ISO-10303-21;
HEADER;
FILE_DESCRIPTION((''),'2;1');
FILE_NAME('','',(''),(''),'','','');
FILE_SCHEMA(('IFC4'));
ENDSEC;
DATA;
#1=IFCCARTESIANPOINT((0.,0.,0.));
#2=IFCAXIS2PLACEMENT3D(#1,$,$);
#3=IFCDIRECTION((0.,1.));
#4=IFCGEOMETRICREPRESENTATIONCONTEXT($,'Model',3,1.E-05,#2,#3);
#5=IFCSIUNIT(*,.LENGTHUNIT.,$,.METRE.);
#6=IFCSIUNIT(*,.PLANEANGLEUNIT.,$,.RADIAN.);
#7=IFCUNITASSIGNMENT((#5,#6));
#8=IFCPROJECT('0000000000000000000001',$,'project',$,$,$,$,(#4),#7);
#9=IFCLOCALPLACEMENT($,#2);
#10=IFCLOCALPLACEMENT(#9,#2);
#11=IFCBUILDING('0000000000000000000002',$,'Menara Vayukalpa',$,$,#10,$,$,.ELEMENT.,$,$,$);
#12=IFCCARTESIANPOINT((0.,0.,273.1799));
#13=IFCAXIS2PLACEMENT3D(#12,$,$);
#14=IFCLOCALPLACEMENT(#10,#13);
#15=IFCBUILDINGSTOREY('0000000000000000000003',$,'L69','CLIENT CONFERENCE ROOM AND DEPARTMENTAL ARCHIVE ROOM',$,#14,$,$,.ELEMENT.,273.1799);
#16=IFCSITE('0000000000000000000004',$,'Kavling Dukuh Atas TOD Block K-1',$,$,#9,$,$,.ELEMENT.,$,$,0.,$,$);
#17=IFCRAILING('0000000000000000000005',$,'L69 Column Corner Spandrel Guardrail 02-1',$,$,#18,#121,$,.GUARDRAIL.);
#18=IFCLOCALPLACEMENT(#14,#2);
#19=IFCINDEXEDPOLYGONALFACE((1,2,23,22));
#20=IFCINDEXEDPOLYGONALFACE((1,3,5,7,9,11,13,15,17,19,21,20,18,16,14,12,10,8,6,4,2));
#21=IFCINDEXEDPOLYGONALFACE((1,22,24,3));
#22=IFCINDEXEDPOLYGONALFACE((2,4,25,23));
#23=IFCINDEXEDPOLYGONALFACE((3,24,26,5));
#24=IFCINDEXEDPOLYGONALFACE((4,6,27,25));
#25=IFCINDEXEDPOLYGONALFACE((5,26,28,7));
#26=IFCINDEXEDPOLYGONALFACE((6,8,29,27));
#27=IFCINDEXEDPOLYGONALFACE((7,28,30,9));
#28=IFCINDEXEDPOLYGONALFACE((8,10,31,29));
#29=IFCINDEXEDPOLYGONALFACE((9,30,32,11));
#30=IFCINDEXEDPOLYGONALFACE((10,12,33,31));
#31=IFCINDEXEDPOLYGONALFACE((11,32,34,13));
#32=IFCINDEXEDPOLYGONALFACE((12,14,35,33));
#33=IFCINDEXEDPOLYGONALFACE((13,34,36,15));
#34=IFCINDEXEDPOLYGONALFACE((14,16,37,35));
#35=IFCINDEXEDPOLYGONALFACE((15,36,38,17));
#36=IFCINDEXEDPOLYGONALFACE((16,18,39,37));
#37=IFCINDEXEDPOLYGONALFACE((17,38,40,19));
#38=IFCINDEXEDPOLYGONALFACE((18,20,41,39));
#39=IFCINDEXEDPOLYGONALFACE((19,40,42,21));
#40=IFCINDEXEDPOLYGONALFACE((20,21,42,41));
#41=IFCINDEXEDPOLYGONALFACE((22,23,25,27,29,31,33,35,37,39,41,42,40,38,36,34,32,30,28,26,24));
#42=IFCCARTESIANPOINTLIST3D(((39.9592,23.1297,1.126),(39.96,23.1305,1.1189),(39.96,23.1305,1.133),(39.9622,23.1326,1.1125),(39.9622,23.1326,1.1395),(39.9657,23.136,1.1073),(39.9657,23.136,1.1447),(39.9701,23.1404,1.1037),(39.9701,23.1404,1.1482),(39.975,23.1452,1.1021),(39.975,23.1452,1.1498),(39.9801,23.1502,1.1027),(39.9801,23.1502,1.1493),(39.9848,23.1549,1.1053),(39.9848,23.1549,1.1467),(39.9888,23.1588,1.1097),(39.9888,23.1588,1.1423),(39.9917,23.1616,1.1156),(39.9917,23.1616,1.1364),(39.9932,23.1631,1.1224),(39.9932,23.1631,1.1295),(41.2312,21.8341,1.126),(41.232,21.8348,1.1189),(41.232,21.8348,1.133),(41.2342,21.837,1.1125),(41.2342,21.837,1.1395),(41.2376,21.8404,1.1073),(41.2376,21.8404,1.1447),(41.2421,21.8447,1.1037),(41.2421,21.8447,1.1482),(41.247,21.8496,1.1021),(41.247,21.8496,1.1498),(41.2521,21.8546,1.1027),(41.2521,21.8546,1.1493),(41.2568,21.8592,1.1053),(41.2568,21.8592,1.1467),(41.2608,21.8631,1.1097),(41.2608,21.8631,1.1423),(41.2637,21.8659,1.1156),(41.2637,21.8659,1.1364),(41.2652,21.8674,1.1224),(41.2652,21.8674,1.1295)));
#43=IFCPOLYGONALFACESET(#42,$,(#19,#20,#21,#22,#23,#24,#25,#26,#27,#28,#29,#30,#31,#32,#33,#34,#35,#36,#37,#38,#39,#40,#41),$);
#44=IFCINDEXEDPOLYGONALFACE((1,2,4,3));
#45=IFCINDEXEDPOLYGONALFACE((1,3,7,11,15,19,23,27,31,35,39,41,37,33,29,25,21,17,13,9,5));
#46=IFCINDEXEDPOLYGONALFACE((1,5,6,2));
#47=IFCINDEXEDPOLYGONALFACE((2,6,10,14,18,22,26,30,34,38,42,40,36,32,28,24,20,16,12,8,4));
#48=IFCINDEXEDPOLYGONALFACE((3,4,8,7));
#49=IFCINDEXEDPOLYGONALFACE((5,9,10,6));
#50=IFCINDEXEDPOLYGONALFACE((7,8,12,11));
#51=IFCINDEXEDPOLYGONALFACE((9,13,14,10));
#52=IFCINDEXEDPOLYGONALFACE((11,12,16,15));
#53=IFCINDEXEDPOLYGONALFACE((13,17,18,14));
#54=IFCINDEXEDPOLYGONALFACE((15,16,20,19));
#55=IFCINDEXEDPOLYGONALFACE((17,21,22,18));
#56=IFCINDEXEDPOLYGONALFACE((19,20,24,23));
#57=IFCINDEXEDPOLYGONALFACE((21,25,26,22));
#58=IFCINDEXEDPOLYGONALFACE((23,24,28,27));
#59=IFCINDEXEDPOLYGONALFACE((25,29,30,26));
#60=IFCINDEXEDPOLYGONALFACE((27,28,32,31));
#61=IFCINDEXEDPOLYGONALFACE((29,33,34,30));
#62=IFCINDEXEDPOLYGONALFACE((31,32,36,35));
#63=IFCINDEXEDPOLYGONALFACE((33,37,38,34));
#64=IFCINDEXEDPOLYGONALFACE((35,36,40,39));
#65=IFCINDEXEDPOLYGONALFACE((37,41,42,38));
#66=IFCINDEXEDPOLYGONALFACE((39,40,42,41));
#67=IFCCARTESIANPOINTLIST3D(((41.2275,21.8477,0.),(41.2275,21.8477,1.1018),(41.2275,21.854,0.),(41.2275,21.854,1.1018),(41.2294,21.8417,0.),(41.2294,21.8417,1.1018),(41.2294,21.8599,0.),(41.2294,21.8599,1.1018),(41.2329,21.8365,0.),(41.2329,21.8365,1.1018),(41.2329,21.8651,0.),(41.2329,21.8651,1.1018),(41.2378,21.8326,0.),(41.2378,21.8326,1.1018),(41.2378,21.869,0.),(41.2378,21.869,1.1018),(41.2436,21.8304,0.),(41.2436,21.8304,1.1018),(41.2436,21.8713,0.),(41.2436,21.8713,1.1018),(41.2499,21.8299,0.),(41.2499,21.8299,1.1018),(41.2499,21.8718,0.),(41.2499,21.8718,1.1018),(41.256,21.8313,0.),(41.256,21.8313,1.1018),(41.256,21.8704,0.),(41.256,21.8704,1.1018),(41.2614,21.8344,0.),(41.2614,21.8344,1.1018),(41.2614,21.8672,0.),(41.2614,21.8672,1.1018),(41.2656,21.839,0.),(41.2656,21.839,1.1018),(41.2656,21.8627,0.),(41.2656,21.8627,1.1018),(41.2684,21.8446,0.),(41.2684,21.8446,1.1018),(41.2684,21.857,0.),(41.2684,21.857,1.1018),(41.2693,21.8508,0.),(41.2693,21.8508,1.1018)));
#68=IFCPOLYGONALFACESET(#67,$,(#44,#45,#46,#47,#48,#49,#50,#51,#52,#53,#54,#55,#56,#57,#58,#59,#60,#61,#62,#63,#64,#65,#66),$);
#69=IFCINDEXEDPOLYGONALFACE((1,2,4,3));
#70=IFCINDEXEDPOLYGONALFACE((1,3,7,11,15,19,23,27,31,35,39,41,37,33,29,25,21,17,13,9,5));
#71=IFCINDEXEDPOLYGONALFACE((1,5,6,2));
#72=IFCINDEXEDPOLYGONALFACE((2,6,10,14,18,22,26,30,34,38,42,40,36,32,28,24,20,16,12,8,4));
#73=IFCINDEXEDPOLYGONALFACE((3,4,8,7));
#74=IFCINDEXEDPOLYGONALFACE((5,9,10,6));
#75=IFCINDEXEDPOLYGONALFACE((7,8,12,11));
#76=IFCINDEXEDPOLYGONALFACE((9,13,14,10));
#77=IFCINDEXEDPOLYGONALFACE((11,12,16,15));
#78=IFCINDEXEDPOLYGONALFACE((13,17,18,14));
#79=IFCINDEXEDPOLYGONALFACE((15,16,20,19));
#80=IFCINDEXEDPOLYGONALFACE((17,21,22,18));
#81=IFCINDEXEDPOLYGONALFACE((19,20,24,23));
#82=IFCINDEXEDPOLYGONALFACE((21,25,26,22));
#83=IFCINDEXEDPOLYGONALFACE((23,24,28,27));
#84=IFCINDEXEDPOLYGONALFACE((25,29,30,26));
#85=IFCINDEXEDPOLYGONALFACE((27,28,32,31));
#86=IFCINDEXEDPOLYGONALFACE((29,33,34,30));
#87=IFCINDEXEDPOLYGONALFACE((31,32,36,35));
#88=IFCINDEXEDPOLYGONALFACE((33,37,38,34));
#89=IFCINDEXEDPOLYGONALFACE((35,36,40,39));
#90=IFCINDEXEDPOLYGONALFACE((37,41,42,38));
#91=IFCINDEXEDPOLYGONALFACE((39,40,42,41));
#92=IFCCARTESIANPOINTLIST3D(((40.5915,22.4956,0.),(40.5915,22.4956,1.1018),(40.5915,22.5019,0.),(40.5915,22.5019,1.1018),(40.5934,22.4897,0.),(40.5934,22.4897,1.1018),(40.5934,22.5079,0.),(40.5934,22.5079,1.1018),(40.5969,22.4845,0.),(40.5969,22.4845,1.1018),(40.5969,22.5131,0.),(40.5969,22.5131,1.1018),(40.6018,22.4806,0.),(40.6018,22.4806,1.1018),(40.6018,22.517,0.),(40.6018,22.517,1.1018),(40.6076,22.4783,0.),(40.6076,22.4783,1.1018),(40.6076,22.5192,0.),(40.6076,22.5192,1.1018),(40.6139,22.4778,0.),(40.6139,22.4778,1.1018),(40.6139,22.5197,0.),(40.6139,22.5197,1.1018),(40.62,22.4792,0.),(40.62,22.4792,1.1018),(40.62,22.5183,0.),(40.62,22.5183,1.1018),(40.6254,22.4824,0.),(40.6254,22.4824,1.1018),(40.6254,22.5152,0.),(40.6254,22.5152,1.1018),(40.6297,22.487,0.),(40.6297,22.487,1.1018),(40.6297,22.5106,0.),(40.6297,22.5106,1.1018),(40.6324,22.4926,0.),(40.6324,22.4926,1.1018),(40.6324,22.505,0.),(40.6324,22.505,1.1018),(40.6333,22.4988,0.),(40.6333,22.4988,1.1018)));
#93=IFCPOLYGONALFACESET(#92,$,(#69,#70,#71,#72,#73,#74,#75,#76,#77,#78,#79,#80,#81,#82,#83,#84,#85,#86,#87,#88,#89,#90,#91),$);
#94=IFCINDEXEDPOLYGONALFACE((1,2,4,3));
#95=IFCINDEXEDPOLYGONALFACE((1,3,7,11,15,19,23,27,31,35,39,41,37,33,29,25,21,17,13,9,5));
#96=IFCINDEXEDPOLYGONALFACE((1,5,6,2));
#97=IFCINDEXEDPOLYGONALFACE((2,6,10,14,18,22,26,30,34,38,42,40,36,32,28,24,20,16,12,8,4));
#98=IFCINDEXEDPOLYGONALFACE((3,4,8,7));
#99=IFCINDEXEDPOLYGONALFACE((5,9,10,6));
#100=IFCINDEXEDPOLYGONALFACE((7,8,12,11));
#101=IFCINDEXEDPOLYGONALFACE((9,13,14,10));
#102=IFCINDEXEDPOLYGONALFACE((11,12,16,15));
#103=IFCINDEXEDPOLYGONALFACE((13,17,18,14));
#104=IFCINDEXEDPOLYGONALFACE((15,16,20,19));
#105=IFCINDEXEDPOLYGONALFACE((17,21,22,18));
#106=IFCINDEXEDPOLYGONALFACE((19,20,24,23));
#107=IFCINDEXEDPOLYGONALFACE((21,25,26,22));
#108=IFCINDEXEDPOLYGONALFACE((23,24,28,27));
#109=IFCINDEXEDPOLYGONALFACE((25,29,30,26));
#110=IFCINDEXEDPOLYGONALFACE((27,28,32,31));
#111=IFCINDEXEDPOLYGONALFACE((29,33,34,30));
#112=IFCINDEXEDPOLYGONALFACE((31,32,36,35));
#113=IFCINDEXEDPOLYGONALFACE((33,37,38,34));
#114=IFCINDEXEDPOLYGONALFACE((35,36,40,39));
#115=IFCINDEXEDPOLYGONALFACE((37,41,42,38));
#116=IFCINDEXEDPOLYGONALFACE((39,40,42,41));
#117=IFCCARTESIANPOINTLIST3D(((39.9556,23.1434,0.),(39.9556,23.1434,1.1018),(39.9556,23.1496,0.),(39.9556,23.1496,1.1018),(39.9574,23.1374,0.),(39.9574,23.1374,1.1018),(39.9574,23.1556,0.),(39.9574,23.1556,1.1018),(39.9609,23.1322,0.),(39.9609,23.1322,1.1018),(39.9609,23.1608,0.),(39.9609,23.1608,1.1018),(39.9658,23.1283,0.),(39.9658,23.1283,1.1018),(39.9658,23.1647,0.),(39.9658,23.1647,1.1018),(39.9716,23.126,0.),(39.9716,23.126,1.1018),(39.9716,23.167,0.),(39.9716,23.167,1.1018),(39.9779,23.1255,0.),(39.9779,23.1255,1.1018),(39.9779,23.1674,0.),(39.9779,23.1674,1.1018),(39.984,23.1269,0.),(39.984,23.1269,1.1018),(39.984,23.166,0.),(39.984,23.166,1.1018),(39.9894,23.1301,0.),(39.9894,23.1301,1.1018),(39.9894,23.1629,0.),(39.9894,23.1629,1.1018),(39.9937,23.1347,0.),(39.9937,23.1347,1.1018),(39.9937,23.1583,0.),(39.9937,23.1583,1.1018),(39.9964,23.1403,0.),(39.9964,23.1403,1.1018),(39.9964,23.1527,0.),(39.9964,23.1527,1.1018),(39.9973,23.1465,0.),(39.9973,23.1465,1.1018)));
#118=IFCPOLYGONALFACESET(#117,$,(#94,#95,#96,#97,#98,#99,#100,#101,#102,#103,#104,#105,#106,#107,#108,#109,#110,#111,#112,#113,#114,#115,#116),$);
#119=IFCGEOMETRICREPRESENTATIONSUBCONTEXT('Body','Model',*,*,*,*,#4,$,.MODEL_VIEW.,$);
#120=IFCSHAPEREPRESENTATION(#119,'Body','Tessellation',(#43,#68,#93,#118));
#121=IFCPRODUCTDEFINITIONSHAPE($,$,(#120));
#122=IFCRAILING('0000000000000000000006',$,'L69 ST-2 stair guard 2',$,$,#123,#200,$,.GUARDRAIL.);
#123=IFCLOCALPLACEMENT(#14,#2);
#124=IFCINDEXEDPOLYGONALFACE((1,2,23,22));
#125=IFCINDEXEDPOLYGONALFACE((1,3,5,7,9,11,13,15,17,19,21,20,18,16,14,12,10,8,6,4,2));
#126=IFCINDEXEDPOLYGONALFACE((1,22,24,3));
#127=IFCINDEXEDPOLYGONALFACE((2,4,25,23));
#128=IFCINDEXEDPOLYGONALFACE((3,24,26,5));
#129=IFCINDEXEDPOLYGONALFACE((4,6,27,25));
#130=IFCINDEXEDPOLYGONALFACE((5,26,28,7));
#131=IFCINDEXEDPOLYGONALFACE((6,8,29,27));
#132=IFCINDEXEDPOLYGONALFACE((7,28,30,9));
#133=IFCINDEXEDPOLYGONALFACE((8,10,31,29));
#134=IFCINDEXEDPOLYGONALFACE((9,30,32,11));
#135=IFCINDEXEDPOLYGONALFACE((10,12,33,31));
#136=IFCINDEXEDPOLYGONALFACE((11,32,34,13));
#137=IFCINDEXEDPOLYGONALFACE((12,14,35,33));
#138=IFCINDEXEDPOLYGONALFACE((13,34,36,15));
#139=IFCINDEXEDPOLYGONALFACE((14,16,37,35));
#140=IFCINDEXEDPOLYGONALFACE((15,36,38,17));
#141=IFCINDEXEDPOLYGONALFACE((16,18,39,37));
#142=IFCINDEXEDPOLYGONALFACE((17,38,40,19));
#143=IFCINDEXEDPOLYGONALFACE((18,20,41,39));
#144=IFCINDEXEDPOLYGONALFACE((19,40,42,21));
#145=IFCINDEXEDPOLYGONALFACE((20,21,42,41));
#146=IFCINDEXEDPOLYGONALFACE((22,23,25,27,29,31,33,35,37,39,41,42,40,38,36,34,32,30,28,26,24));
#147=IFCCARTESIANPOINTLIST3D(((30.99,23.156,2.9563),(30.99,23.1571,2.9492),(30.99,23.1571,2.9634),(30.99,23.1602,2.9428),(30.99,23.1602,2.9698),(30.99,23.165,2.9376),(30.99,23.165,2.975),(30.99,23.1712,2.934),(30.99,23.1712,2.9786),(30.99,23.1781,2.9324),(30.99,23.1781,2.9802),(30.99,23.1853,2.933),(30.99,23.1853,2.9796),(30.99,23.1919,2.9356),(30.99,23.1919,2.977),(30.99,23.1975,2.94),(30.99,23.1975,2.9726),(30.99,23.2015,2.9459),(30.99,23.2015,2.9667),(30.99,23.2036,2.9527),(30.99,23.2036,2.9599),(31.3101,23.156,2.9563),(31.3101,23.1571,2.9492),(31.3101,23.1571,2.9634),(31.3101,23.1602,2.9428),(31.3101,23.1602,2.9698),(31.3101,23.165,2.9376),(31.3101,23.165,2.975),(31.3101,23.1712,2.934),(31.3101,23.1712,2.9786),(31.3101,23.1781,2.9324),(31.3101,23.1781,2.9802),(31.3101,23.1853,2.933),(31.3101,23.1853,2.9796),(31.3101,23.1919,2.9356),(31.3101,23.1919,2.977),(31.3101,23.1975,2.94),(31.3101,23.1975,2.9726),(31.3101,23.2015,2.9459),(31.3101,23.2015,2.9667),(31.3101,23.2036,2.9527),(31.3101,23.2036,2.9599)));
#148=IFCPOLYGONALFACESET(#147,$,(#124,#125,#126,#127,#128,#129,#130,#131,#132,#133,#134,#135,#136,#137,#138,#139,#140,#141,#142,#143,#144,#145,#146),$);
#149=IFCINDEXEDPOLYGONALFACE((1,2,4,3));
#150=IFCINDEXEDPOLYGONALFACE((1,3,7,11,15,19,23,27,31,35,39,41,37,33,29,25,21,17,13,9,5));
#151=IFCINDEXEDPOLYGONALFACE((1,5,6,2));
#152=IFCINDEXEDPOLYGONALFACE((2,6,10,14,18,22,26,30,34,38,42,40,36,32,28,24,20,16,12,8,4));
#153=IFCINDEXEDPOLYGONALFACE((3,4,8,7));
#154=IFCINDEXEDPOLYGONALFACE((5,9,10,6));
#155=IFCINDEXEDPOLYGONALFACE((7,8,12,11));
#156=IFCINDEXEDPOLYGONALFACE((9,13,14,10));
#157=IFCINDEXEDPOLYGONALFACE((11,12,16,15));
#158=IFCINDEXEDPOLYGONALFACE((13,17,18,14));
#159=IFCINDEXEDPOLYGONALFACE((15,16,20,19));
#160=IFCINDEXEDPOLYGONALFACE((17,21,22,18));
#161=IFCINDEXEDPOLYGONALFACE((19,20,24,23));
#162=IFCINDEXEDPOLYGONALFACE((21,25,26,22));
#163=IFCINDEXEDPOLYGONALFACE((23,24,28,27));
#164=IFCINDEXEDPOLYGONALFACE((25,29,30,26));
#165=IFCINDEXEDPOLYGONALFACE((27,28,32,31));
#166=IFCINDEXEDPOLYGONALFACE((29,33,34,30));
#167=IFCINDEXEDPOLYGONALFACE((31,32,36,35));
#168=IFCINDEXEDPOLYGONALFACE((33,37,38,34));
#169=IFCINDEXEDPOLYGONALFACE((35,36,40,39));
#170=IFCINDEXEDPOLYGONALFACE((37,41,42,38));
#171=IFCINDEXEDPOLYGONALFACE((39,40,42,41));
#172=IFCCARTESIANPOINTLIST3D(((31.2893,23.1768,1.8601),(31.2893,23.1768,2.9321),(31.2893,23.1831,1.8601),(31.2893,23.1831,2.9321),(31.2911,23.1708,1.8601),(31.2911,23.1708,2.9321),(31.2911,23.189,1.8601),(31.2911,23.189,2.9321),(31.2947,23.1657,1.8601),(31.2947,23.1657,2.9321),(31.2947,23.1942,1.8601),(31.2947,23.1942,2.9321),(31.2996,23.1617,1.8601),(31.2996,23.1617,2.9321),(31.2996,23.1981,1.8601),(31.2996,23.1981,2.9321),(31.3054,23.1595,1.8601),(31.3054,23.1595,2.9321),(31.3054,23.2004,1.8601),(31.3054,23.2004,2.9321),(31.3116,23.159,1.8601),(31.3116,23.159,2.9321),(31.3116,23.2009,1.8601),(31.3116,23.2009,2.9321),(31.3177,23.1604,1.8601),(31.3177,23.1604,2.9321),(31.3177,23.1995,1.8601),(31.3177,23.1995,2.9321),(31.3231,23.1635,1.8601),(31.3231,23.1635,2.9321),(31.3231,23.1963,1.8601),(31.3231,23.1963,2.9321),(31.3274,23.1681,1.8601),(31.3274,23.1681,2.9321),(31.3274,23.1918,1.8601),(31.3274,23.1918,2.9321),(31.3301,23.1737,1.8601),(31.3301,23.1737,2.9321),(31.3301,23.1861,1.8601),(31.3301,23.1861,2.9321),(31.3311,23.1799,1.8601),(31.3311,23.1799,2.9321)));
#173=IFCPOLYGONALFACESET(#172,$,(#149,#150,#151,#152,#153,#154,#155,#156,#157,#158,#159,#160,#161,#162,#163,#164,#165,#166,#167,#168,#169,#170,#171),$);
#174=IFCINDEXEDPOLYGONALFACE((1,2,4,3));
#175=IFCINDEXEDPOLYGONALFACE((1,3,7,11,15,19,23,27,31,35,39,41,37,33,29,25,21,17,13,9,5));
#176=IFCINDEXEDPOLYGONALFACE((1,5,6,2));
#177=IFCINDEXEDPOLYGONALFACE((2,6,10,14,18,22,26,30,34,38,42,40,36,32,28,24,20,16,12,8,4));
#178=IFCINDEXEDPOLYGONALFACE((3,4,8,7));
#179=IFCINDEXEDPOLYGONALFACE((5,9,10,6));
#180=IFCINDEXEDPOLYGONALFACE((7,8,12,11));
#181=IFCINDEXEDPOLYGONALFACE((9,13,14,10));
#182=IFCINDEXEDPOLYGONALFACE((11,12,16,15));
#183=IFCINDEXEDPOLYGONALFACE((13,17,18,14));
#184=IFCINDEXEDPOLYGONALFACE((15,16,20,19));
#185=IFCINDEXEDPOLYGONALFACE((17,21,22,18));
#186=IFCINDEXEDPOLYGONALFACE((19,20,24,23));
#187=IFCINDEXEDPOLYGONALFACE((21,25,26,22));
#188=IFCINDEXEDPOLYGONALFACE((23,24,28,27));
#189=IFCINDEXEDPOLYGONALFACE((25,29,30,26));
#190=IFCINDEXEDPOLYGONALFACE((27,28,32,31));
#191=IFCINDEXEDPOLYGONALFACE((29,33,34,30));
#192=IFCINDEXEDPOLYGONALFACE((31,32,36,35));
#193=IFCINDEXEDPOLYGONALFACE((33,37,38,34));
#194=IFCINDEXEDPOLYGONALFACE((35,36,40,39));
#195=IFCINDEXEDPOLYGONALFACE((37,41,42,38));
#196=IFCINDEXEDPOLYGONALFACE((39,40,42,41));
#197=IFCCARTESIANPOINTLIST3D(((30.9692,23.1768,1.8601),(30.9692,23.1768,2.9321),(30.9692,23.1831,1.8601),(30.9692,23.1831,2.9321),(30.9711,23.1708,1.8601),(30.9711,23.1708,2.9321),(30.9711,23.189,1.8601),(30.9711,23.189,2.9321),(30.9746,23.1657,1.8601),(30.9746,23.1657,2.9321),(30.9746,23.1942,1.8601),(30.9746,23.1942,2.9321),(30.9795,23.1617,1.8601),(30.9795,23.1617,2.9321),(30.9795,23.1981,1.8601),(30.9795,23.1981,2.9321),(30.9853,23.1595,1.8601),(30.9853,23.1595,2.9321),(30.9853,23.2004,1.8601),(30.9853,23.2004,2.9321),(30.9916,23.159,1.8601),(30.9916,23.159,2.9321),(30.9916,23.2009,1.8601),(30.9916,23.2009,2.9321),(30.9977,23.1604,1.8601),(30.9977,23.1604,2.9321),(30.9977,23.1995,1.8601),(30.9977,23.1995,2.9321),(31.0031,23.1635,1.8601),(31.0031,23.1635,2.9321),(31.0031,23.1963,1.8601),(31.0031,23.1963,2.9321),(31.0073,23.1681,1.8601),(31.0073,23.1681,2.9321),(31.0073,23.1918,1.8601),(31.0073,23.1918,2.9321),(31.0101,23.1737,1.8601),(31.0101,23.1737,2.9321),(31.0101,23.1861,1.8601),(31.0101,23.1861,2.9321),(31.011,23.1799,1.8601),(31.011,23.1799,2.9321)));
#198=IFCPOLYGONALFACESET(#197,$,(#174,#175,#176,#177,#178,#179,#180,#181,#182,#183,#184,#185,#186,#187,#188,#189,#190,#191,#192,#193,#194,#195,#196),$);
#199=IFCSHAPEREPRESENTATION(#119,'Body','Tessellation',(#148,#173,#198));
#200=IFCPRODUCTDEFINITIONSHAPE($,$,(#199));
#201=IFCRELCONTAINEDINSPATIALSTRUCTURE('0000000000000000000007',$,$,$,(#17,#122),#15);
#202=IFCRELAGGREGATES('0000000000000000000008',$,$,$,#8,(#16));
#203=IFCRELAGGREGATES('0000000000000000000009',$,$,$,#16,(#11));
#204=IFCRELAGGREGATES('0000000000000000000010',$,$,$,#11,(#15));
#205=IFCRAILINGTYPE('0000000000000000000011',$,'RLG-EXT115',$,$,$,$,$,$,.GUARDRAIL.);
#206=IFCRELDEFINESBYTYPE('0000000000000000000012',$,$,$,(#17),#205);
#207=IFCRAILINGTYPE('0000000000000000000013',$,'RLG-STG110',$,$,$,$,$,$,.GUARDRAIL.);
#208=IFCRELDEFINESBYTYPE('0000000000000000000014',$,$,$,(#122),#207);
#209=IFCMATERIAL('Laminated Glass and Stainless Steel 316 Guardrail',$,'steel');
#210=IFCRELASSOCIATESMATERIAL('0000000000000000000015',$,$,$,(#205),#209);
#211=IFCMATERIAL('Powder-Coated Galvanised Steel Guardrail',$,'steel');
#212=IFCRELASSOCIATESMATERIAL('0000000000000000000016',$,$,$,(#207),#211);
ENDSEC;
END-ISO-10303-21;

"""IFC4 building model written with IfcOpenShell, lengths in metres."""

from ifc_helpers import new_model, si_unit, direction, frame, origin, origin_2d, place, context, subcontext, project, spatial, circle, extrude, material, type_object, element, save


model = new_model("IFC4")

# Units and contexts
model_context = context("Model", 3, precision=1e-05, world=origin(), true_north=direction((0.0, 1.0)))
body_context = subcontext(model_context, "Body", "Model", "MODEL_VIEW")
ifc_project = project(units=[si_unit("LENGTHUNIT", "METRE"), si_unit("PLANEANGLEUNIT", "RADIAN")], contexts=[model_context])

# Site, building, storey
site_placement = place(None, origin())
site = spatial("IfcSite", under=ifc_project, at=site_placement, Name="Kavling Dukuh Atas TOD Block K-1", CompositionType="ELEMENT", RefElevation=0.0)
building_placement = place(site_placement, origin())
building = spatial("IfcBuilding", under=site, at=building_placement, Name="Menara Vayukalpa", CompositionType="ELEMENT")
storey_placement = place(building_placement, frame((0.0, 0.0, 273.1799)))
storey = spatial("IfcBuildingStorey", under=building, at=storey_placement, Name="L69", Description="CLIENT CONFERENCE ROOM AND DEPARTMENTAL ARCHIVE ROOM", CompositionType="ELEMENT", Elevation=273.1799)

# Railings
ifc_material_1 = material(Name="Laminated Glass and Stainless Steel 316 Guardrail", Category="steel")
railing_type_1 = type_object("IfcRailingType", Name="RLG-EXT115", PredefinedType="GUARDRAIL", material=ifc_material_1)
railing_1_placement = place(storey_placement, frame((41.2483, 21.8508, 0.0)))
element("IfcRailing", 1, at=railing_1_placement, inside=storey, type_object=railing_type_1, Name="L69 Column Corner Spandrel Guardrail 02-1", PredefinedType="GUARDRAIL", context=body_context, shape_type="SweptSolid", body=[
    extrude(circle(Radius=0.0239, at=origin_2d()), frame((0.0, 0.0, 1.126), z_axis=(-0.700555, 0.713598, 0.0), x_axis=(-0.713598, -0.700555, 0.0)), (0.0, 0.0, 1.0), 1.8157),
    extrude(circle(Radius=0.021, at=origin_2d()), origin(), (0.0, 0.0, 1.0), 1.1018),
    extrude(circle(Radius=0.021, at=origin_2d()), frame((-0.636, 0.6479, 0.0)), (0.0, 0.0, 1.0), 1.1018),
    extrude(circle(Radius=0.021, at=origin_2d()), frame((-1.272, 1.2957, 0.0)), (0.0, 0.0, 1.0), 1.1018),
])
ifc_material_2 = material(Name="Powder-Coated Galvanised Steel Guardrail", Category="steel")
railing_type_2 = type_object("IfcRailingType", Name="RLG-STG110", PredefinedType="GUARDRAIL", material=ifc_material_2)
railing_2_placement = place(storey_placement, frame((31.3101, 23.1799, 1.8601)))
element("IfcRailing", 2, at=railing_2_placement, inside=storey, type_object=railing_type_2, Name="L69 ST-2 stair guard 2", PredefinedType="GUARDRAIL", context=body_context, shape_type="SweptSolid", body=[
    extrude(circle(Radius=0.0239, at=origin_2d()), frame((0.0, 0.0, 1.0962), z_axis=(-1.0, 0.0, 0.0), x_axis=(0.0, -1.0, 0.0)), (0.0, 0.0, 1.0), 0.3201),
    extrude(circle(Radius=0.021, at=origin_2d()), origin(), (0.0, 0.0, 1.0), 1.072),
    extrude(circle(Radius=0.021, at=origin_2d()), frame((-0.3201, 0.0, 0.0)), (0.0, 0.0, 1.0), 1.072),
])

save(model, "model.ifc")
